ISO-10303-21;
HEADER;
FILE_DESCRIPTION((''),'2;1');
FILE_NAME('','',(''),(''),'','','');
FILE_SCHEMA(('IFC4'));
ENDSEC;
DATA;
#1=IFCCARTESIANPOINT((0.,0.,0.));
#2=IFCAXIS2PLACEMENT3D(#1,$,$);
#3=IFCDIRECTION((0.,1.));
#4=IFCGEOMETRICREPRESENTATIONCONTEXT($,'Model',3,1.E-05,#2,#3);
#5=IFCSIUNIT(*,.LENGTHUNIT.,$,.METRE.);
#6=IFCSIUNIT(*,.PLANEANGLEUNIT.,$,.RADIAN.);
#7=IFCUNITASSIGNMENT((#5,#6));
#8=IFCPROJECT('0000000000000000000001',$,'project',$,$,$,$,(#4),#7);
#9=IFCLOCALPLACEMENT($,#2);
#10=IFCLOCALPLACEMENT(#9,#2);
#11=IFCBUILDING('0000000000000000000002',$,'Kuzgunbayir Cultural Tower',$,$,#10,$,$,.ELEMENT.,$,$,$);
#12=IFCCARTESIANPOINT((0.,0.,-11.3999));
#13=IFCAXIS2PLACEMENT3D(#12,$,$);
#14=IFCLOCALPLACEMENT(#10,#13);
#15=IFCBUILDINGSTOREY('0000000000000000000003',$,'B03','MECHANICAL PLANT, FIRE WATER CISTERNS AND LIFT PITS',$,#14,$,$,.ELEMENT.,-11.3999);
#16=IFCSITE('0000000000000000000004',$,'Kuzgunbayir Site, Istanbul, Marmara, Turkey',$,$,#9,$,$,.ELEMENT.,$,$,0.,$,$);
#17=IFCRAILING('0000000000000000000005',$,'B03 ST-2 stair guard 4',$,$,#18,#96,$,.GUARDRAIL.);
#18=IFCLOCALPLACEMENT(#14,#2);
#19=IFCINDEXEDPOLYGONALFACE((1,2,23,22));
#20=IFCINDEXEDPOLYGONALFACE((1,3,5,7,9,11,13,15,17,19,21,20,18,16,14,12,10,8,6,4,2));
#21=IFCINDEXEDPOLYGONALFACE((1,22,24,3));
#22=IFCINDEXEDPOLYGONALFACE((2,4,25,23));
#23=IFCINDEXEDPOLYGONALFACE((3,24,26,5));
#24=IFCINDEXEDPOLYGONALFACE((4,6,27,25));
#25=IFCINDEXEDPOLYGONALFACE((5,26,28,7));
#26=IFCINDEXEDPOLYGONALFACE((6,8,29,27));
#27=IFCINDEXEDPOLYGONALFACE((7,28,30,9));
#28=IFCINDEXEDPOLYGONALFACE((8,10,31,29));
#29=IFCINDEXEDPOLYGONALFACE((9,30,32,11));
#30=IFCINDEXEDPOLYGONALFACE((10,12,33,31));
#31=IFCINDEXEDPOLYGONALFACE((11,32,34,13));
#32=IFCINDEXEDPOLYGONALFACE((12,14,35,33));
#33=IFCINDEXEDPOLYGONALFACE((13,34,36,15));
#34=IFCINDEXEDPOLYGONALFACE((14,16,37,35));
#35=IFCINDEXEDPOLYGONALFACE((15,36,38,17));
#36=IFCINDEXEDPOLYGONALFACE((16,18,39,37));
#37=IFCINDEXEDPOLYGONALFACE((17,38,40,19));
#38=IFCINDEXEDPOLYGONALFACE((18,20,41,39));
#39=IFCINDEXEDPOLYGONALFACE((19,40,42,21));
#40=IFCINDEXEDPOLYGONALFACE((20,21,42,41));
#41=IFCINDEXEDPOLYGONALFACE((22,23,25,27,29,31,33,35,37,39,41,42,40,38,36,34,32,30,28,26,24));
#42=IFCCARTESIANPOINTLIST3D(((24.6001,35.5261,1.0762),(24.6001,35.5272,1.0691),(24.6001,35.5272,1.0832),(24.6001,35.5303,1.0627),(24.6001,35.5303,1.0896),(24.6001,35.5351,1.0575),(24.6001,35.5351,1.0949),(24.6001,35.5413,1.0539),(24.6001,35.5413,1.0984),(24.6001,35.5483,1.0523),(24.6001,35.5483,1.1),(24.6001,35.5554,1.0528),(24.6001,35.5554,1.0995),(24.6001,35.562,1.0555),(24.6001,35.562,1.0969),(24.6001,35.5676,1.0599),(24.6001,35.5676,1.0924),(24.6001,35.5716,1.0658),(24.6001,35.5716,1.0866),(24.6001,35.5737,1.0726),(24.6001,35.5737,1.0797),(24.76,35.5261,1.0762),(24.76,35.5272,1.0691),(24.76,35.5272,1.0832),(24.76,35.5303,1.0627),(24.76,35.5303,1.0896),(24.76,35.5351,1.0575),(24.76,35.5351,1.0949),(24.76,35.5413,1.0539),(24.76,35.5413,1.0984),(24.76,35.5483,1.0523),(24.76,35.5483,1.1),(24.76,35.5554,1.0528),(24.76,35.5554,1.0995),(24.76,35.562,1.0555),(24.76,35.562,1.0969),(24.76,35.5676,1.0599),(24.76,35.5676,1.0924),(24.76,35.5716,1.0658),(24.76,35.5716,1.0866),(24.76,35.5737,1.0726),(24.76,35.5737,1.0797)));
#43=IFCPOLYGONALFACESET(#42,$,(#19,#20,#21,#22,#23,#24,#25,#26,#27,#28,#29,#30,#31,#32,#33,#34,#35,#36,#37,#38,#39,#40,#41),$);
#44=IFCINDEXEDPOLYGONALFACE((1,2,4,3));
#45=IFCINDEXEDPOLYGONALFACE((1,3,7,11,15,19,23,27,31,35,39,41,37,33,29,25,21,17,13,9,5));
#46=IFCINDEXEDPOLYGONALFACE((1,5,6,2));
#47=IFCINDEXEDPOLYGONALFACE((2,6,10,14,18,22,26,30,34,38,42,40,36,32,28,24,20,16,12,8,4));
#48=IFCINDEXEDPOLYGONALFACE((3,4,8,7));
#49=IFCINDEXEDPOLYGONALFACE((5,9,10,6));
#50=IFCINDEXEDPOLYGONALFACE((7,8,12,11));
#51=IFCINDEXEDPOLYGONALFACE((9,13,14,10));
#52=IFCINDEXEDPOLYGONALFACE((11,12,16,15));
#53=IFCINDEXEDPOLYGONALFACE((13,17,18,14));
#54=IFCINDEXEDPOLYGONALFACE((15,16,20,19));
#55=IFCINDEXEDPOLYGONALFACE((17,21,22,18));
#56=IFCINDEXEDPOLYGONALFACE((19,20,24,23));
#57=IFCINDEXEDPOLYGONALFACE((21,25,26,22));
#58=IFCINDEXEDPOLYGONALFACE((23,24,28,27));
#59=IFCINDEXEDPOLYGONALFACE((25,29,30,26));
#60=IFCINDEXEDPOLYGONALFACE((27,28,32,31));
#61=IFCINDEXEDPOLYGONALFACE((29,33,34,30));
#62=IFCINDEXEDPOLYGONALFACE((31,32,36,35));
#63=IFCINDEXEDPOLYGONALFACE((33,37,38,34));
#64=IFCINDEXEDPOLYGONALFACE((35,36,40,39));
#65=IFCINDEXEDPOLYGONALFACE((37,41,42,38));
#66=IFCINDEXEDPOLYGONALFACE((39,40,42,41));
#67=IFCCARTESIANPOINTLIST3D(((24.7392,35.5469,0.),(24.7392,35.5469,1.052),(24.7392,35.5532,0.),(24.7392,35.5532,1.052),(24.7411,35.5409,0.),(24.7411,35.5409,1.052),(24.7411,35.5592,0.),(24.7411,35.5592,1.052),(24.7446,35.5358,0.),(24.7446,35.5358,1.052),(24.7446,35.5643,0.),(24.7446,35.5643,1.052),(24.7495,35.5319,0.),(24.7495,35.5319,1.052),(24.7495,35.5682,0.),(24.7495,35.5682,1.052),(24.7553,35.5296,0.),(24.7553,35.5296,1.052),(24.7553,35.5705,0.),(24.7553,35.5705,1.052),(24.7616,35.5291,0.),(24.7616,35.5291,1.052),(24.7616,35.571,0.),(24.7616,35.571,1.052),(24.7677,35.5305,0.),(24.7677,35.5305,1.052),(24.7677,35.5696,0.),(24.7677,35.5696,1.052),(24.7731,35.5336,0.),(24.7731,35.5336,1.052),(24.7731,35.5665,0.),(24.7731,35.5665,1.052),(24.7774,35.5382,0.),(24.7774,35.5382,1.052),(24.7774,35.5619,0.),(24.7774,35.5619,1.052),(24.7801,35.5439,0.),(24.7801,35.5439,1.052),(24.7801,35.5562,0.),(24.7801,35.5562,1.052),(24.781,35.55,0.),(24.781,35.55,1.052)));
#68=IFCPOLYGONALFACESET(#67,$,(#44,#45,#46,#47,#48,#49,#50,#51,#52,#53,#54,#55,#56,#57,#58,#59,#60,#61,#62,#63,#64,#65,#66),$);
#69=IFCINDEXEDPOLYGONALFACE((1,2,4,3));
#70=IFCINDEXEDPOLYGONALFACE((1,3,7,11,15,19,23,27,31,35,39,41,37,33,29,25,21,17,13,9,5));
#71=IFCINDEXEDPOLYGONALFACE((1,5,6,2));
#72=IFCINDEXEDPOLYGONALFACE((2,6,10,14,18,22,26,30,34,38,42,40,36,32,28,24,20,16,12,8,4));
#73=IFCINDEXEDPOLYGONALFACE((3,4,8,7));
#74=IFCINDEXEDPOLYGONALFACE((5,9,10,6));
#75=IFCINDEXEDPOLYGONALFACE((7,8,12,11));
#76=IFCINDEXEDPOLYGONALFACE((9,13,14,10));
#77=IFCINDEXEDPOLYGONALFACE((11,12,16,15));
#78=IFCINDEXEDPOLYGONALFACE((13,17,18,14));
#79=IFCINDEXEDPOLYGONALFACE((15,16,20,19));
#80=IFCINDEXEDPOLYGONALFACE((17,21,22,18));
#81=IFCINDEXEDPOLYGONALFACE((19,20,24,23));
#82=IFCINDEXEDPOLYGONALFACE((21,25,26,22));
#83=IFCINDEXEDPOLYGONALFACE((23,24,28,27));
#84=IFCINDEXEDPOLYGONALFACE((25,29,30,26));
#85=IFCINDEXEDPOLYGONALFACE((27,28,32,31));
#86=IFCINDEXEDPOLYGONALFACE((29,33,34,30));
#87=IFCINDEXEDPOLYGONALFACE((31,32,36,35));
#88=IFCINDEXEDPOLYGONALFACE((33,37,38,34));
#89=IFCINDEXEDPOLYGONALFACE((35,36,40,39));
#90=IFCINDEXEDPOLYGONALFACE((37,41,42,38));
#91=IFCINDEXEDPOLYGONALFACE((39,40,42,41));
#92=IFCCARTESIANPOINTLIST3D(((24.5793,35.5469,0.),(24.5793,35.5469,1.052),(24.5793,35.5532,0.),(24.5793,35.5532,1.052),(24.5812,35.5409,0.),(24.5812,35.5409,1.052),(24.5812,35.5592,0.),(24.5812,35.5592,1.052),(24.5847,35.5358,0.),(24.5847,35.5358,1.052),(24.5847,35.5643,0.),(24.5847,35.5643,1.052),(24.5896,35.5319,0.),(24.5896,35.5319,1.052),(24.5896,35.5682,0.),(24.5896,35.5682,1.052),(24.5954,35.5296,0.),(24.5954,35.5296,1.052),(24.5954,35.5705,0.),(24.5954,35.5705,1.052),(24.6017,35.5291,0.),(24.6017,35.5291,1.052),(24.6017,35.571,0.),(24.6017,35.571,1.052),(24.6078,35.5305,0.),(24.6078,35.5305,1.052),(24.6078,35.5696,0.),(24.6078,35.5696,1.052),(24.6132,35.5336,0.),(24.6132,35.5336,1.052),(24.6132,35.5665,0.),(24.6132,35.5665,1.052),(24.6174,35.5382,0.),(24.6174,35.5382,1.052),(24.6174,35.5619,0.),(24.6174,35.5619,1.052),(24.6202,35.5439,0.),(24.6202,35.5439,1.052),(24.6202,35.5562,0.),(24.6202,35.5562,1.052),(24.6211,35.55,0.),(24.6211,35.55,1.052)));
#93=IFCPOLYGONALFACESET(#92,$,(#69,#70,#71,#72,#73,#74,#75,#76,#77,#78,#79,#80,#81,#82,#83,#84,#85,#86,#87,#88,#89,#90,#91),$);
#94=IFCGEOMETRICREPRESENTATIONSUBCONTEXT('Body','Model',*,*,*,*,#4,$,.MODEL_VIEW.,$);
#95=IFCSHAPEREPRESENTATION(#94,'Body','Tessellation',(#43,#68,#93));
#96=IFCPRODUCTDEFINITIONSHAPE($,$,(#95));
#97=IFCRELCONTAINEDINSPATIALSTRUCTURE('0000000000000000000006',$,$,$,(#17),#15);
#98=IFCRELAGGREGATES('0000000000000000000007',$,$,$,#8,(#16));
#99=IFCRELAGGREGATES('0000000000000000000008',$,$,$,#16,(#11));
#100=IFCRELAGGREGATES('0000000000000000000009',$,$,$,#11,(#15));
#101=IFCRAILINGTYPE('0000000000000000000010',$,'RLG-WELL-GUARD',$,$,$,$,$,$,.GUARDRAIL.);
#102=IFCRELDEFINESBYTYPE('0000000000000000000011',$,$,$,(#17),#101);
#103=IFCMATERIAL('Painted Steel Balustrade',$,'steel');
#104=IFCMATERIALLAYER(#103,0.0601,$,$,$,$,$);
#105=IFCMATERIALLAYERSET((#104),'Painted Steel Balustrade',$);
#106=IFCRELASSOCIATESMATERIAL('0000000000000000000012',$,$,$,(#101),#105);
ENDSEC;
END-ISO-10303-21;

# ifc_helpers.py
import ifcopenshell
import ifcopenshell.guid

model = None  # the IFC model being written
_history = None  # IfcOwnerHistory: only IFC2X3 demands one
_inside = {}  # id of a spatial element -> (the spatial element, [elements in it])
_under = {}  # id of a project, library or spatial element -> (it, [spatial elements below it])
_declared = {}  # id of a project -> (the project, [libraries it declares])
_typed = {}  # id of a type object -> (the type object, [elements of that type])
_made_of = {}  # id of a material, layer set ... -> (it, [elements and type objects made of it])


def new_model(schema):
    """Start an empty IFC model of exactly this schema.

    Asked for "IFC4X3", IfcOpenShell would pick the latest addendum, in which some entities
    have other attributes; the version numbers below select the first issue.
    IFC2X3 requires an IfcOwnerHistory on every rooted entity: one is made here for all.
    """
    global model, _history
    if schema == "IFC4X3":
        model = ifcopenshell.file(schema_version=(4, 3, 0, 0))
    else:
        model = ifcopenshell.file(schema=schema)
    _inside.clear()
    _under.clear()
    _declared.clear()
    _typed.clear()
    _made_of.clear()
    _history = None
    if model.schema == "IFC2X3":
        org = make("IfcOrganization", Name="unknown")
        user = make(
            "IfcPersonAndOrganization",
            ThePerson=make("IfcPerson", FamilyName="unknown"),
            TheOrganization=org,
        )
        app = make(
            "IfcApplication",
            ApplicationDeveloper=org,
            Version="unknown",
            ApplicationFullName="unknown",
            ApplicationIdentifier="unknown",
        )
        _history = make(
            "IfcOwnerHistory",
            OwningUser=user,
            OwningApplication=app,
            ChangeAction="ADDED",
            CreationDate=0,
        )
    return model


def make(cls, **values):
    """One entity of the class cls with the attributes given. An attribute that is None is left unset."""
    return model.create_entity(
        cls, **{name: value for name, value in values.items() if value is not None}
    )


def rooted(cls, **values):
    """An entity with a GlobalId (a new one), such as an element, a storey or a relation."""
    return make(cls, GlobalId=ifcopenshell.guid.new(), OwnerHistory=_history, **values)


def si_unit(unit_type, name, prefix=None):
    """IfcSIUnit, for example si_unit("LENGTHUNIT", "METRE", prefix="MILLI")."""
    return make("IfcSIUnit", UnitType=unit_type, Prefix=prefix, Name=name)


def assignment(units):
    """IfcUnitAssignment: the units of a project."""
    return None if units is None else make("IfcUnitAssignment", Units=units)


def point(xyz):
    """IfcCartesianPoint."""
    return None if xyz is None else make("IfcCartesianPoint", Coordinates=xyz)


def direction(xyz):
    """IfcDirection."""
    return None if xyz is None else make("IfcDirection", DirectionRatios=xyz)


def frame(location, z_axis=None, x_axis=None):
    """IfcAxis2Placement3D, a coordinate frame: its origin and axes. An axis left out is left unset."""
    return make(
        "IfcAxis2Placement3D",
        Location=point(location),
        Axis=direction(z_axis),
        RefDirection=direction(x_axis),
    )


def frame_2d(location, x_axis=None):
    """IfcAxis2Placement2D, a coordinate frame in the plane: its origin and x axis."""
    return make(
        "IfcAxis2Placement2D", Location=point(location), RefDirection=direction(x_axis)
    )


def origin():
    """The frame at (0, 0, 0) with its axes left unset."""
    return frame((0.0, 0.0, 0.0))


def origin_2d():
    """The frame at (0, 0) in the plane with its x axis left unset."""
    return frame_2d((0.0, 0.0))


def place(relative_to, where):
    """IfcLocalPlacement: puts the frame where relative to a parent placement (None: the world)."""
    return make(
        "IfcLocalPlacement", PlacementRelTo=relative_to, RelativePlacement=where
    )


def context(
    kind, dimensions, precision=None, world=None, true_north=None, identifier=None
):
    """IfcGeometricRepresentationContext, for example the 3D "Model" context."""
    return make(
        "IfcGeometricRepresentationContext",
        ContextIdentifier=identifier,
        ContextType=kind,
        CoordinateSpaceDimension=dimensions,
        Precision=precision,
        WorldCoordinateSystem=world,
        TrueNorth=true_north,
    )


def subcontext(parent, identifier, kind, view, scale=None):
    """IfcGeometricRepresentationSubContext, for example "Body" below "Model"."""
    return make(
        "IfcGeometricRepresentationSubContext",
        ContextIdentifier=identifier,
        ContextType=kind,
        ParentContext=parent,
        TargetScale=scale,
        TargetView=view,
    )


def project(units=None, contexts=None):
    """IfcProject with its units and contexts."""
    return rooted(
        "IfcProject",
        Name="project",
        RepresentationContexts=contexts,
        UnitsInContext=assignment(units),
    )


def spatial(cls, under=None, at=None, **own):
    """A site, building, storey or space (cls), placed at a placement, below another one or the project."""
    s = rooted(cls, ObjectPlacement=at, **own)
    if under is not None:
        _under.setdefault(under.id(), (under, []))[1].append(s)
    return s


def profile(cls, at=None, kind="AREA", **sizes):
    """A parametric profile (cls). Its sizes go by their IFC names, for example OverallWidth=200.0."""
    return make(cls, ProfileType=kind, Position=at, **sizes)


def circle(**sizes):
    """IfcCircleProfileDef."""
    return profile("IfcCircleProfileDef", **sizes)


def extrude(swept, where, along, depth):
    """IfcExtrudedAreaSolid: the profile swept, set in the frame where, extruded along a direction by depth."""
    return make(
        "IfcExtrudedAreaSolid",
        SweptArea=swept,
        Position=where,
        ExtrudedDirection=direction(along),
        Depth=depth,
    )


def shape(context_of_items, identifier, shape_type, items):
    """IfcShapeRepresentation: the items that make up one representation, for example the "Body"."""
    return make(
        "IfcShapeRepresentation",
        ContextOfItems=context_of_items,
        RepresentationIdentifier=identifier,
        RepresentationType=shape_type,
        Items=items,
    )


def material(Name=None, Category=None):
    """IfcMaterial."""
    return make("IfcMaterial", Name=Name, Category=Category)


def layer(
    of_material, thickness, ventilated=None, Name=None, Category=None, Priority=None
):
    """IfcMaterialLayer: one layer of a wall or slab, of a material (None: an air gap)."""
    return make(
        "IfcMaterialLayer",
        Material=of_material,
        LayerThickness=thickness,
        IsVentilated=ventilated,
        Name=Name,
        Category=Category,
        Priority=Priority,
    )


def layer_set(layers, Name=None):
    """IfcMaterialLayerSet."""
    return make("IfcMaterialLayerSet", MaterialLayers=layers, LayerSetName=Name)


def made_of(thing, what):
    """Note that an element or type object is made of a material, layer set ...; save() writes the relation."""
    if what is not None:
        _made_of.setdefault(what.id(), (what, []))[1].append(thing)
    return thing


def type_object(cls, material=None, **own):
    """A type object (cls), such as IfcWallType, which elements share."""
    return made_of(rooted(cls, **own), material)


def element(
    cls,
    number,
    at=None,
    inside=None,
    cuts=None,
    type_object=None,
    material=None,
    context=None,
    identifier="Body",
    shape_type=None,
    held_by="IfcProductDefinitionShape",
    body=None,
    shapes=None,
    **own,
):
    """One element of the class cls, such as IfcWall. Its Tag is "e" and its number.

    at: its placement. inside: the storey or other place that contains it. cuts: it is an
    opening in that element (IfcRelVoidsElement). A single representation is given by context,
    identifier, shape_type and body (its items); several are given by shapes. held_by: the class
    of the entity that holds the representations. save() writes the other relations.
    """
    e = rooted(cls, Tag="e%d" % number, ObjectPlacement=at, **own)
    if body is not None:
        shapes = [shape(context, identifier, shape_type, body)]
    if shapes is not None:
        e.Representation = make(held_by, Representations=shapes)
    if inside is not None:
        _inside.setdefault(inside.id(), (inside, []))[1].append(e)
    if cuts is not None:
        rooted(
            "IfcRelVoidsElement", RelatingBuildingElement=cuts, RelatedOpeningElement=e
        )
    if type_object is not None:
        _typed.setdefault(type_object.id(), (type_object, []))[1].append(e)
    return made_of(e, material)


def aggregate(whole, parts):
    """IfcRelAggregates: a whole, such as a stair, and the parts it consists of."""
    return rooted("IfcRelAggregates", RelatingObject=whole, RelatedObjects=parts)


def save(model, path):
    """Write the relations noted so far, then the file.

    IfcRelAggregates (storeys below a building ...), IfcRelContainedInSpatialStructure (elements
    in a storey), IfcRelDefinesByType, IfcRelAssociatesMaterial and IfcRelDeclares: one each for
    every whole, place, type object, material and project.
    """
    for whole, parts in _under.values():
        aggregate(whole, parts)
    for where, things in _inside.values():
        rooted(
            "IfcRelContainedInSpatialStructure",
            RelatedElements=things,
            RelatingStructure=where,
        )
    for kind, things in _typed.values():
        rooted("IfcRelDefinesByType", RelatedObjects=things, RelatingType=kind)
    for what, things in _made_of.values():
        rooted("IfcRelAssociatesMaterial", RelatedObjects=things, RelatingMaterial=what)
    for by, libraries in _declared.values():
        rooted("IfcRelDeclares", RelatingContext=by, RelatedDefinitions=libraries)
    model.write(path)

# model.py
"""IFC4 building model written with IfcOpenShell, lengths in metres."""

from ifc_helpers import new_model, si_unit, direction, frame, origin, origin_2d, place, context, subcontext, project, spatial, circle, extrude, material, layer, layer_set, type_object, element, save


model = new_model("IFC4")

# Units and contexts
model_context = context("Model", 3, precision=1e-05, world=origin(), true_north=direction((0.0, 1.0)))
body_context = subcontext(model_context, "Body", "Model", "MODEL_VIEW")
ifc_project = project(units=[si_unit("LENGTHUNIT", "METRE"), si_unit("PLANEANGLEUNIT", "RADIAN")], contexts=[model_context])

# Site, building, storey
site_placement = place(None, origin())
site = spatial("IfcSite", under=ifc_project, at=site_placement, Name="Kuzgunbayir Site, Istanbul, Marmara, Turkey", CompositionType="ELEMENT", RefElevation=0.0)
building_placement = place(site_placement, origin())
building = spatial("IfcBuilding", under=site, at=building_placement, Name="Kuzgunbayir Cultural Tower", CompositionType="ELEMENT")
storey_placement = place(building_placement, frame((0.0, 0.0, -11.3999)))
storey = spatial("IfcBuildingStorey", under=building, at=storey_placement, Name="B03", Description="MECHANICAL PLANT, FIRE WATER CISTERNS AND LIFT PITS", CompositionType="ELEMENT", Elevation=-11.3999)

# Railing
ifc_material_1 = material(Name="Painted Steel Balustrade", Category="steel")
ifc_layer_1 = layer(ifc_material_1, 0.0601)
ifc_layer_set_1 = layer_set([ifc_layer_1], Name="Painted Steel Balustrade")
railing_type_1 = type_object("IfcRailingType", Name="RLG-WELL-GUARD", PredefinedType="GUARDRAIL", material=ifc_layer_set_1)
railing_1_placement = place(storey_placement, frame((24.76, 35.55, 0.0)))
element("IfcRailing", 1, at=railing_1_placement, inside=storey, type_object=railing_type_1, Name="B03 ST-2 stair guard 4", PredefinedType="GUARDRAIL", context=body_context, shape_type="SweptSolid", body=[
    extrude(circle(Radius=0.0239, at=origin_2d()), frame((0.0, 0.0, 1.0762), z_axis=(-1.0, 0.0, 0.0), x_axis=(0.0, -1.0, 0.0)), (0.0, 0.0, 1.0), 0.1599),
    extrude(circle(Radius=0.021, at=origin_2d()), origin(), (0.0, 0.0, 1.0), 1.052),
    extrude(circle(Radius=0.021, at=origin_2d()), frame((-0.1599, 0.0, 0.0)), (0.0, 0.0, 1.0), 1.052),
])

save(model, "model.ifc")
